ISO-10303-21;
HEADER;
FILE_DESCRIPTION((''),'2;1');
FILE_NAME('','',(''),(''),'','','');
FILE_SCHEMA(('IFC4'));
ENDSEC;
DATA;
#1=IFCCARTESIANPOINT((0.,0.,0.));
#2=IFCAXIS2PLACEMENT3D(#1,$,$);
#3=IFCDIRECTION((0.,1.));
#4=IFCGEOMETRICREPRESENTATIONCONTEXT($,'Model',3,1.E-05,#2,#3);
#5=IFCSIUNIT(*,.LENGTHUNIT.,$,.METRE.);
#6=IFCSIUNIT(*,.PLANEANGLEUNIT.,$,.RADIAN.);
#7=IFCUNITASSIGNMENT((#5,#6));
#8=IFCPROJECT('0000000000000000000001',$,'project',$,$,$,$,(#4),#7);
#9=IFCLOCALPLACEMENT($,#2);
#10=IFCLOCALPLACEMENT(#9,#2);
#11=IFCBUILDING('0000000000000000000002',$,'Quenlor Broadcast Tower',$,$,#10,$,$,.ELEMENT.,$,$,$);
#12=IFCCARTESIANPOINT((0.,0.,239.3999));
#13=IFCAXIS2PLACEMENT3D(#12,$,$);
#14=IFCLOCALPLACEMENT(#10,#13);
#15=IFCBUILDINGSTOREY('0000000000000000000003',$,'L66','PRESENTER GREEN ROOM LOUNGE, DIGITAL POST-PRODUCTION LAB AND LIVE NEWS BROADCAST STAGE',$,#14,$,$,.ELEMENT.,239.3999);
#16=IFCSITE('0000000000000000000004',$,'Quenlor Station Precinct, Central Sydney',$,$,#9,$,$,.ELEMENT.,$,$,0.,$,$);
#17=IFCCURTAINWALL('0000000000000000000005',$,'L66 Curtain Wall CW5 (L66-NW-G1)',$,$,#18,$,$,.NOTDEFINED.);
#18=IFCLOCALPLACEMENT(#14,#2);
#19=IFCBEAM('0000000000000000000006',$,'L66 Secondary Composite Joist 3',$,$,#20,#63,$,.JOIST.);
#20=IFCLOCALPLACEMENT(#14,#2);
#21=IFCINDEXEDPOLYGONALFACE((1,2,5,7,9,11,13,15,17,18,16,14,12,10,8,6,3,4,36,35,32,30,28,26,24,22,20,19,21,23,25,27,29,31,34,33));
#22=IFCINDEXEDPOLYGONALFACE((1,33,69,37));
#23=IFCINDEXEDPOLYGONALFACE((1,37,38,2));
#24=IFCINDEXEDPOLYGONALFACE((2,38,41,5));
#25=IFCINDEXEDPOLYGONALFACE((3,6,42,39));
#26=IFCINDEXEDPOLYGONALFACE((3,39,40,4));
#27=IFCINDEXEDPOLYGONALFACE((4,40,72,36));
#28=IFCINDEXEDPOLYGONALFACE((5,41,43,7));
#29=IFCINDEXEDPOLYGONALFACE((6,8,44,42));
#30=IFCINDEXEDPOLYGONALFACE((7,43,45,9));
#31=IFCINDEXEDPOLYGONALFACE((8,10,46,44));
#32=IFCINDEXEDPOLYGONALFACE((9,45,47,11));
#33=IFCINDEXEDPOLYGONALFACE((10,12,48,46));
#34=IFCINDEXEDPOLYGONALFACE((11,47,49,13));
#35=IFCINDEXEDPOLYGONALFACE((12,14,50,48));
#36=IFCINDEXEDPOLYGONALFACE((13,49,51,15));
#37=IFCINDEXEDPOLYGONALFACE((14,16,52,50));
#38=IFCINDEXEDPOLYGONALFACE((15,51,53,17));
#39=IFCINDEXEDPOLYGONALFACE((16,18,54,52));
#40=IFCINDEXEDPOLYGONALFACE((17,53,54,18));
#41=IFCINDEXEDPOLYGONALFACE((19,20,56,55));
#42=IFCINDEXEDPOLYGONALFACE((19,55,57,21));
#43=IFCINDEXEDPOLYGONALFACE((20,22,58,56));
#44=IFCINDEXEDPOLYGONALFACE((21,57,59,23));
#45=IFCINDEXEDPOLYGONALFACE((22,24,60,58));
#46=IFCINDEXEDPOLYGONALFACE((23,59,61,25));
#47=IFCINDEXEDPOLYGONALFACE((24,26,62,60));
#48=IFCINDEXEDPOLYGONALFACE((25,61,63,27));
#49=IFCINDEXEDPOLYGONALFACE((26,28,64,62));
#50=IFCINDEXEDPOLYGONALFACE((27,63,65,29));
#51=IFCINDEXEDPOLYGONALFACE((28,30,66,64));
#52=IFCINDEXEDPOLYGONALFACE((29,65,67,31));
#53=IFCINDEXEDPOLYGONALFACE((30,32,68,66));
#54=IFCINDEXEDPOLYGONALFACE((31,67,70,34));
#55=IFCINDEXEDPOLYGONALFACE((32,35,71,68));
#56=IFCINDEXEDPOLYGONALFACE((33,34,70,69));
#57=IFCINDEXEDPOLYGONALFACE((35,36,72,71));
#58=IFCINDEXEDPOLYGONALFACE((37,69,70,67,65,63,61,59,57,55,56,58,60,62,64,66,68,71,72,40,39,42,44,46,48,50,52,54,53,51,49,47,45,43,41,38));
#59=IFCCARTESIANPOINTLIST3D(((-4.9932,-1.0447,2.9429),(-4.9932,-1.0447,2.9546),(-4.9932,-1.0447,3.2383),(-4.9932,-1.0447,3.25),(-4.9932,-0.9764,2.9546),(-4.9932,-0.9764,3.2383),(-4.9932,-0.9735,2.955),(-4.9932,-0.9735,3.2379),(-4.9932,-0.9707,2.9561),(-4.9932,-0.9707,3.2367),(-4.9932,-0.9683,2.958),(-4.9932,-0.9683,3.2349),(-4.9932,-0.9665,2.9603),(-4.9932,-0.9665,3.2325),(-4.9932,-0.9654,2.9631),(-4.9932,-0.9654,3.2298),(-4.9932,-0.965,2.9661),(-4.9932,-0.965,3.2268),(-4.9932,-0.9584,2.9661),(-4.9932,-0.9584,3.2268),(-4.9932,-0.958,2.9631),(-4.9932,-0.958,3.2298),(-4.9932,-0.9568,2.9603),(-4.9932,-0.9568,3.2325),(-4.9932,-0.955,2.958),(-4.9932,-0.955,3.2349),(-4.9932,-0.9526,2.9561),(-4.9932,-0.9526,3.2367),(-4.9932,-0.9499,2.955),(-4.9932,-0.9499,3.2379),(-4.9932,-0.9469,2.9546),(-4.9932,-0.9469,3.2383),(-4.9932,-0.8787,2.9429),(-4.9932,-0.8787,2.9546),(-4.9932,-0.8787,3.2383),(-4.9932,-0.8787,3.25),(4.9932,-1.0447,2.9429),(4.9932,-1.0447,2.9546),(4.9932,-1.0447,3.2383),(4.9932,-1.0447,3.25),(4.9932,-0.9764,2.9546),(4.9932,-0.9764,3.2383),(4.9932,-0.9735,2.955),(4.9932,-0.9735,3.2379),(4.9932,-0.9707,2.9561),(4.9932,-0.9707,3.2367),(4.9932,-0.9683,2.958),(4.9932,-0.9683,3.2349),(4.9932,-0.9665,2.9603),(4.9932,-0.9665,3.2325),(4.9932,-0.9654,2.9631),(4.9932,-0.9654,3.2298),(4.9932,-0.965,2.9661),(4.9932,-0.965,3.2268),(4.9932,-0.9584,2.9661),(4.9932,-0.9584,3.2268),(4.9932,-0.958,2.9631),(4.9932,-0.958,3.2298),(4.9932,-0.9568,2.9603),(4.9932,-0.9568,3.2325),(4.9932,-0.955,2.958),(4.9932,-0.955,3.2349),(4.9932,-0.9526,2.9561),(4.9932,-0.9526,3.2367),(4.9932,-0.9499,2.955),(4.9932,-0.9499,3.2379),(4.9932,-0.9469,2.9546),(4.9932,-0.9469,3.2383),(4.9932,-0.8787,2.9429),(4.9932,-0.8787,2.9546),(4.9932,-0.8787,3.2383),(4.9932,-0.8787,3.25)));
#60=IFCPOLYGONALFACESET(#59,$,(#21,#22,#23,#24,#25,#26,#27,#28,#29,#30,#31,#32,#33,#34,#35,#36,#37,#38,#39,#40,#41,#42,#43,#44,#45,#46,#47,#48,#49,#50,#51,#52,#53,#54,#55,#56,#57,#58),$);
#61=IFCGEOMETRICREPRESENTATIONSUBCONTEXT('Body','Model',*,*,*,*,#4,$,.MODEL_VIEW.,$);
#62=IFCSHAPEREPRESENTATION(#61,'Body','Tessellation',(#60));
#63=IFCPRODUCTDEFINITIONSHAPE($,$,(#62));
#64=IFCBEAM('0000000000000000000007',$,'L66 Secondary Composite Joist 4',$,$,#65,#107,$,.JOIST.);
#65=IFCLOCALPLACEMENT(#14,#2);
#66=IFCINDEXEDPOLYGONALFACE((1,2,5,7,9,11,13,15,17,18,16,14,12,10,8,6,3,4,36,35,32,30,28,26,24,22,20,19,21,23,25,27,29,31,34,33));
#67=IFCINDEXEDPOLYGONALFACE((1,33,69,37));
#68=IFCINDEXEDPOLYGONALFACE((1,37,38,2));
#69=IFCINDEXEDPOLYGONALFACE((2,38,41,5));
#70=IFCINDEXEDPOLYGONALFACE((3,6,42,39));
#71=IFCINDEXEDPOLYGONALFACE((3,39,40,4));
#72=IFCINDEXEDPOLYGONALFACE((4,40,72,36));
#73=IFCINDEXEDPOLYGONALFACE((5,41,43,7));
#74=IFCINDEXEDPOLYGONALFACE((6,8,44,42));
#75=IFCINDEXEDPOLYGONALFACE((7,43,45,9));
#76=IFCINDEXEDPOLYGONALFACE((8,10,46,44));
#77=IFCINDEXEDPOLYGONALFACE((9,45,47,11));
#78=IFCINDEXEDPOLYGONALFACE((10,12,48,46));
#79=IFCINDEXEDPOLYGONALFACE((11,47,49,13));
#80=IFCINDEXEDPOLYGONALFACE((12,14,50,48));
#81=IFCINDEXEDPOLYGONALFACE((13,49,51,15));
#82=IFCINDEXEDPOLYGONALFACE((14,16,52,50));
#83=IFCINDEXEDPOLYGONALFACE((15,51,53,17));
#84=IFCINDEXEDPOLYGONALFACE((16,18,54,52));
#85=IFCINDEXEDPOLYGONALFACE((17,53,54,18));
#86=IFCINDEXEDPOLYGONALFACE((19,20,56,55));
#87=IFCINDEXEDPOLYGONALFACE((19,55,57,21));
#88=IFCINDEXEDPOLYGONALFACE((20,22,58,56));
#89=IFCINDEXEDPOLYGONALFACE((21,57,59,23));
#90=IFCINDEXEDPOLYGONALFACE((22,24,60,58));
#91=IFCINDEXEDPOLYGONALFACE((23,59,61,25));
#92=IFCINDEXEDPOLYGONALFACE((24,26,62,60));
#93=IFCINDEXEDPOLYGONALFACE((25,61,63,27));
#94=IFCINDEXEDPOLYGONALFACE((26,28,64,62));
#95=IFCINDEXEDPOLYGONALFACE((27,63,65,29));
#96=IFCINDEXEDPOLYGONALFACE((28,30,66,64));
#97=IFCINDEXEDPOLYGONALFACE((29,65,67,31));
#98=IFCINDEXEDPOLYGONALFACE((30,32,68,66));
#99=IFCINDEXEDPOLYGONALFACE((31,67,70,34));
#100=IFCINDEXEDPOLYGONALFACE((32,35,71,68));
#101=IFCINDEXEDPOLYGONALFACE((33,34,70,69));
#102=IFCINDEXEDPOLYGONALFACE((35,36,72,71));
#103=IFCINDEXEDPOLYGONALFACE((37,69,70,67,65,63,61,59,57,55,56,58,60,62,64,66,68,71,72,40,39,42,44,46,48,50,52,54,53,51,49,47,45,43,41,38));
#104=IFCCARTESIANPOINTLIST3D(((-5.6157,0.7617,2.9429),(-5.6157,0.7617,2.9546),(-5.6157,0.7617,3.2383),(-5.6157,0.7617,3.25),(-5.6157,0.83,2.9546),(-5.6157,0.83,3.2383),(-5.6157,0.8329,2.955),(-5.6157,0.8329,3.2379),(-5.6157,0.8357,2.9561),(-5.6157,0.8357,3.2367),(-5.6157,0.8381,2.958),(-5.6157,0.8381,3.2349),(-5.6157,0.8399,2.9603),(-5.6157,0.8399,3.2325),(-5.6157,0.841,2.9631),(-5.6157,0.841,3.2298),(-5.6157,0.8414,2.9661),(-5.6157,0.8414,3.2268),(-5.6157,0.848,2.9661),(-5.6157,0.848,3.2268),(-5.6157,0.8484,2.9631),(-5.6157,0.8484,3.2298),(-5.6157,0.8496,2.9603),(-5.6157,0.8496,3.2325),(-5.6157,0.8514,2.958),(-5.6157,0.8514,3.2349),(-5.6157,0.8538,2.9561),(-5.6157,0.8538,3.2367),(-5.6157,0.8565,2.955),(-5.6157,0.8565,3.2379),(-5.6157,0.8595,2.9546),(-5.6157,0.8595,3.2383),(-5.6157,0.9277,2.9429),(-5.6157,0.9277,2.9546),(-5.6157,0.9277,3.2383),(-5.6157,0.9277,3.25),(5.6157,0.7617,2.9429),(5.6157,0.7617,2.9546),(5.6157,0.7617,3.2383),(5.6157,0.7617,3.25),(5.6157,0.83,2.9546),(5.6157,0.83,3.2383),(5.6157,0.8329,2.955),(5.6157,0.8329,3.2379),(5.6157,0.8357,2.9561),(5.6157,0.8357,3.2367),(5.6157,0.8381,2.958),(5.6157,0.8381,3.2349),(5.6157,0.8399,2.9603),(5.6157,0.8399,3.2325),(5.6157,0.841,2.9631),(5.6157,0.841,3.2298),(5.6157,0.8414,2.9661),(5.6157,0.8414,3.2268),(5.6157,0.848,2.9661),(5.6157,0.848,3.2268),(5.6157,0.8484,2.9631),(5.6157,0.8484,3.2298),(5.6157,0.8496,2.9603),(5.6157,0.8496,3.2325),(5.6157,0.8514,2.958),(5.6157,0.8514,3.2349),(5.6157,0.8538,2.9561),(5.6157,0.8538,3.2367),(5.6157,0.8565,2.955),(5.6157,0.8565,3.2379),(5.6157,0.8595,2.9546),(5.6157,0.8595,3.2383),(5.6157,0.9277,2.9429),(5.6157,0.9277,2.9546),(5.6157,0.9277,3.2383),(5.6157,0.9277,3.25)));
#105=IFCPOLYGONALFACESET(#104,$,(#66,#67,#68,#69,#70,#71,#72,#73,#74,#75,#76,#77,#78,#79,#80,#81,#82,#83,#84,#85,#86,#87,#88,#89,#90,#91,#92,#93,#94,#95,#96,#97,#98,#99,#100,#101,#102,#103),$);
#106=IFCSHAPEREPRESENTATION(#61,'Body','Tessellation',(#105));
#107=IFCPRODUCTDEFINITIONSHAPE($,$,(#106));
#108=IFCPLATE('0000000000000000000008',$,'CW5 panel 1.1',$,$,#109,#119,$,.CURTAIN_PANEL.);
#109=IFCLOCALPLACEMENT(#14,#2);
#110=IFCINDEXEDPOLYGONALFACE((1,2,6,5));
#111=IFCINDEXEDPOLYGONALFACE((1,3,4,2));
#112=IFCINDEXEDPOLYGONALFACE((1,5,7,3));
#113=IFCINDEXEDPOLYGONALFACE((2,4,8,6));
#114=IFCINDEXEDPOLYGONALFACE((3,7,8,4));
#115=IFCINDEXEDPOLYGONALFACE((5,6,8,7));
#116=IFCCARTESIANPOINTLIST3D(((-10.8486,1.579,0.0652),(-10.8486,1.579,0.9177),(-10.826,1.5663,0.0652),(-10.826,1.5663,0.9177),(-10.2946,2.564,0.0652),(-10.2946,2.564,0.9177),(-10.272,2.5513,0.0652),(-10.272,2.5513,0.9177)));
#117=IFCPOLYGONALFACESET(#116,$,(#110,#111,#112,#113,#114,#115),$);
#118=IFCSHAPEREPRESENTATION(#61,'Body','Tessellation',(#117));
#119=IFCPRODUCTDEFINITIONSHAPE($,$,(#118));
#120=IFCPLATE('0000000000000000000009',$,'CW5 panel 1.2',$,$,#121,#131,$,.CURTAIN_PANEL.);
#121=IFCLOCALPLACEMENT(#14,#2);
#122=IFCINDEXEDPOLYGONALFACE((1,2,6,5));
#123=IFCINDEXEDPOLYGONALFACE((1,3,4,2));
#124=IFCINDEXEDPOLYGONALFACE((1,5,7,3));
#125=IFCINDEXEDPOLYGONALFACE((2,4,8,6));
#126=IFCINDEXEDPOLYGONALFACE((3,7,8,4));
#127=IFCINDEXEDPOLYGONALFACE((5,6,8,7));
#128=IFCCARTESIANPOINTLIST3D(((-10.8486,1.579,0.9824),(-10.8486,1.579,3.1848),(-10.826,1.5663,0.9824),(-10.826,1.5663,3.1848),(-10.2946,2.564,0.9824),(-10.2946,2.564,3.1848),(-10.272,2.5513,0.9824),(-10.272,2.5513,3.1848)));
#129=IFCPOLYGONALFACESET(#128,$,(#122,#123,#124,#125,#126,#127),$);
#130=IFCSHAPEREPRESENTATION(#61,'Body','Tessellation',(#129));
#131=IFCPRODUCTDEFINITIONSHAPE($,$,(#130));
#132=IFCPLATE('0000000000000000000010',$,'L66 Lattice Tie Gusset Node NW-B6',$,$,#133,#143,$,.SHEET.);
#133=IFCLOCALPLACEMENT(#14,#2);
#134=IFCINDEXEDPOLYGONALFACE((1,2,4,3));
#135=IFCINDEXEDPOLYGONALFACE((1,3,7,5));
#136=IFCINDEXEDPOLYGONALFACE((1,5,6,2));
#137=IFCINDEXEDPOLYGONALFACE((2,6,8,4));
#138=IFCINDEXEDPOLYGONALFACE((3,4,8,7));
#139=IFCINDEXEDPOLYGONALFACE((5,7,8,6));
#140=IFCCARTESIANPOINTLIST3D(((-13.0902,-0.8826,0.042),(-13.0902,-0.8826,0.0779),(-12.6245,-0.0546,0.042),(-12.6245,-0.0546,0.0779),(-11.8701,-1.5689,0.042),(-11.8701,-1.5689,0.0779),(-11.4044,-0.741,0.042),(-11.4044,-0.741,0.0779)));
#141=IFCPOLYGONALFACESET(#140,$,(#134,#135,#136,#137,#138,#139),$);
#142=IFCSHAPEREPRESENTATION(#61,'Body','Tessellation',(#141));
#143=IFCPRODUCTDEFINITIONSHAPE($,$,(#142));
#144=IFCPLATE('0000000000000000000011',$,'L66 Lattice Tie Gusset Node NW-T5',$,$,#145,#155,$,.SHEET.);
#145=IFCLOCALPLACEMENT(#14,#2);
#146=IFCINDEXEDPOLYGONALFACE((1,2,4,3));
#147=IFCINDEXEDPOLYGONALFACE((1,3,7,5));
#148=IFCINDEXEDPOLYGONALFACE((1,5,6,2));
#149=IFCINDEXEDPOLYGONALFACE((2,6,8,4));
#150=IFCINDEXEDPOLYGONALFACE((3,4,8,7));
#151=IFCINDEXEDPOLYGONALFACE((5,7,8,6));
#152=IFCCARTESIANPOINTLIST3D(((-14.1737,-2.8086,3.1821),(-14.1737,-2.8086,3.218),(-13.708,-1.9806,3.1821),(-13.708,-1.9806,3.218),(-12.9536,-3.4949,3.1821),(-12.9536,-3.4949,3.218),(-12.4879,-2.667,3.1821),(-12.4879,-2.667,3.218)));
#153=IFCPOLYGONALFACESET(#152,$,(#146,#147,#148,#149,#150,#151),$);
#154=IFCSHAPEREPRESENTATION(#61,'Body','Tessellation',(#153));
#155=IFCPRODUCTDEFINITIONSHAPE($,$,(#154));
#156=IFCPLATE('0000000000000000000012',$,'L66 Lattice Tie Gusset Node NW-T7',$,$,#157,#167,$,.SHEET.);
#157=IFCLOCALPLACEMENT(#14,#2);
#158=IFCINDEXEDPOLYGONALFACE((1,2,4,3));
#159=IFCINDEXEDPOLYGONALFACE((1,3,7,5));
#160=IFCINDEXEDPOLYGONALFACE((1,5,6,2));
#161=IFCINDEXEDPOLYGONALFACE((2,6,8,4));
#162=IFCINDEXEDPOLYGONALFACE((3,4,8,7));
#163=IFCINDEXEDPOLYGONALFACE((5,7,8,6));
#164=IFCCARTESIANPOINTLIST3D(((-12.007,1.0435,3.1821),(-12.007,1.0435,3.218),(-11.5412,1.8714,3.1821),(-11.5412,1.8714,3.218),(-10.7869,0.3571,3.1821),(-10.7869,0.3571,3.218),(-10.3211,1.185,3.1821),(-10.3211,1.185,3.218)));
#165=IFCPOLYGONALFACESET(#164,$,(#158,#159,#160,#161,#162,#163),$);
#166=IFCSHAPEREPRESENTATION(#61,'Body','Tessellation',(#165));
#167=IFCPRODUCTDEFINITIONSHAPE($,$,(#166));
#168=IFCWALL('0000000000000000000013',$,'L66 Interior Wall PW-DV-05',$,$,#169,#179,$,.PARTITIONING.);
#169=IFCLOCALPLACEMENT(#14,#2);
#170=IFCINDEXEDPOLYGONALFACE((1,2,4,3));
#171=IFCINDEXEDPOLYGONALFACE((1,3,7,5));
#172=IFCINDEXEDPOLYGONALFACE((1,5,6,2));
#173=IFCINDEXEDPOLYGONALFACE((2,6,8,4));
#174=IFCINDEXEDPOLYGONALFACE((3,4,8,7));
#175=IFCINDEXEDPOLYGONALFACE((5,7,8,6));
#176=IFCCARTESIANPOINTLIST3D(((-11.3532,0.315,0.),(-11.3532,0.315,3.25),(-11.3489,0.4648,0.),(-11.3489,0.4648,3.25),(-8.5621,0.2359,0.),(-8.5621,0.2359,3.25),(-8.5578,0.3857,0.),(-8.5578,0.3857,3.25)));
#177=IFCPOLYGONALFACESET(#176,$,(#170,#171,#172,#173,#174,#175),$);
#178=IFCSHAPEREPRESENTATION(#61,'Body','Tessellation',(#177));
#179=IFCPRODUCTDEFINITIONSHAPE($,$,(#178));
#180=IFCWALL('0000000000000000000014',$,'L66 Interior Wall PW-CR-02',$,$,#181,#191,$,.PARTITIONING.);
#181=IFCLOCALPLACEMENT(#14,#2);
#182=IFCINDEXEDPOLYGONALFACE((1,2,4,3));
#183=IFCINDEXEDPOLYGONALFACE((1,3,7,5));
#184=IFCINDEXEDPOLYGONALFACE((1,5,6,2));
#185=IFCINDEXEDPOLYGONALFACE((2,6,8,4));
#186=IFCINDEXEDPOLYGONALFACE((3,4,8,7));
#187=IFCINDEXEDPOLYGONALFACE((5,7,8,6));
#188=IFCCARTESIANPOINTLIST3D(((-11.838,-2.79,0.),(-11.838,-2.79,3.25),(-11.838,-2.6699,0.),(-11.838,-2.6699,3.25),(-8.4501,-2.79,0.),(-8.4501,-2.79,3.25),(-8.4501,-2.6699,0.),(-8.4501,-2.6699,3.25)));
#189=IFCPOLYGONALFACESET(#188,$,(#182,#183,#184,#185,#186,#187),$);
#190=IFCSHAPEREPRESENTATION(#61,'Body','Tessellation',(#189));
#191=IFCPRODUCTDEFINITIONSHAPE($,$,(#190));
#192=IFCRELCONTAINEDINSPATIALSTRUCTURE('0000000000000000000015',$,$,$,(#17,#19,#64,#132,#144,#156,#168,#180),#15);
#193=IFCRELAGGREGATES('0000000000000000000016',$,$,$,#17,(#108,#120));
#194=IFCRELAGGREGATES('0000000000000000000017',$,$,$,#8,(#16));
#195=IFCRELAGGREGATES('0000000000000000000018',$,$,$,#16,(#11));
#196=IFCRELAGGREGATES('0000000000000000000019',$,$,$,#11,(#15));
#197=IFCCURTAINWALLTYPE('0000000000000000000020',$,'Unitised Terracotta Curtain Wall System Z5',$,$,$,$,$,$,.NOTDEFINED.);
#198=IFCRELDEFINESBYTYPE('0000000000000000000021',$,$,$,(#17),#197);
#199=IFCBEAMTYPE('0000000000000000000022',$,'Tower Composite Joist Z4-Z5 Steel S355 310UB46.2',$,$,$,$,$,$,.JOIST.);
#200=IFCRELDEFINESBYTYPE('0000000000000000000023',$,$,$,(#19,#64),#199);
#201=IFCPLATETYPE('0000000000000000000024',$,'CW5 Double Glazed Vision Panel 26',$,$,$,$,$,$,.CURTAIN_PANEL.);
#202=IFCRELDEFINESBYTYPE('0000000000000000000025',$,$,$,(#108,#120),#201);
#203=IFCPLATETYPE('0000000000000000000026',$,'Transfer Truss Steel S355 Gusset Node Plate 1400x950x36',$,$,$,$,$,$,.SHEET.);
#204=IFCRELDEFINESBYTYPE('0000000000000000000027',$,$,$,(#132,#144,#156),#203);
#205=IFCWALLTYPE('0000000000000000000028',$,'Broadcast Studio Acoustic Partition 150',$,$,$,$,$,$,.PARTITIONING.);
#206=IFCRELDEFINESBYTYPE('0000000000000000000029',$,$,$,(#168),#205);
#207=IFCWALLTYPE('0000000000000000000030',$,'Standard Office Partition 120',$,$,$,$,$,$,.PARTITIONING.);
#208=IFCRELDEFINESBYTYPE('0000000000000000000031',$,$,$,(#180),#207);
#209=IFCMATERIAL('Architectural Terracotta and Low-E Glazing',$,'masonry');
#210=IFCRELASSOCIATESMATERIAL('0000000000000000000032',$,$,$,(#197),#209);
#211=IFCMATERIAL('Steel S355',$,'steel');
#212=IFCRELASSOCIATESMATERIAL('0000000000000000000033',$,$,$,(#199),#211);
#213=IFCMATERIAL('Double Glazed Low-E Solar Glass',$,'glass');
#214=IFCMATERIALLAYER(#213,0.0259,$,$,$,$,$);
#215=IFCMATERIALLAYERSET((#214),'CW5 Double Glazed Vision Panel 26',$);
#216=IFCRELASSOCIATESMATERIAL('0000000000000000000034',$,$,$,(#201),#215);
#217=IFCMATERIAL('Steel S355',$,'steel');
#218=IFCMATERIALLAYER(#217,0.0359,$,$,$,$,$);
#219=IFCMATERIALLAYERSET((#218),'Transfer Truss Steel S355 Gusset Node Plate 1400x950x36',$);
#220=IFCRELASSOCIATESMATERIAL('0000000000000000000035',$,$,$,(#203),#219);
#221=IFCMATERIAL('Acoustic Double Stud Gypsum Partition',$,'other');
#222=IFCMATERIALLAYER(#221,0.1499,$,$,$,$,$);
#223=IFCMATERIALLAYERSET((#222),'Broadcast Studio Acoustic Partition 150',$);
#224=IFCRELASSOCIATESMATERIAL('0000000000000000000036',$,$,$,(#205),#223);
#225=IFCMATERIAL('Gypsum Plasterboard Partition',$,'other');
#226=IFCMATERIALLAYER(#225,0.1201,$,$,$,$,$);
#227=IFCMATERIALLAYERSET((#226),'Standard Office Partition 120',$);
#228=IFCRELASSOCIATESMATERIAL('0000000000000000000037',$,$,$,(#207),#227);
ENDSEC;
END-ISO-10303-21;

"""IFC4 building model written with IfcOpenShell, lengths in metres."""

from ifc_helpers import new_model, si_unit, direction, frame, frame_2d, origin, origin_2d, place, context, subcontext, project, spatial, rectangle, i_section, extrude, material, layer, layer_set, material_profile, profile_set, type_object, element, aggregate, save


model = new_model("IFC4")

# Units and contexts
model_context = context("Model", 3, precision=1e-05, world=origin(), true_north=direction((0.0, 1.0)))
body_context = subcontext(model_context, "Body", "Model", "MODEL_VIEW")
ifc_project = project(units=[si_unit("LENGTHUNIT", "METRE"), si_unit("PLANEANGLEUNIT", "RADIAN")], contexts=[model_context])

# Site, building, storey
site_placement = place(None, origin())
site = spatial("IfcSite", under=ifc_project, at=site_placement, Name="Quenlor Station Precinct, Central Sydney", CompositionType="ELEMENT", RefElevation=0.0)
building_placement = place(site_placement, origin())
building = spatial("IfcBuilding", under=site, at=building_placement, Name="Quenlor Broadcast Tower", CompositionType="ELEMENT")
storey_placement = place(building_placement, frame((0.0, 0.0, 239.3999)))
storey = spatial("IfcBuildingStorey", under=building, at=storey_placement, Name="L66", Description="PRESENTER GREEN ROOM LOUNGE, DIGITAL POST-PRODUCTION LAB AND LIVE NEWS BROADCAST STAGE", CompositionType="ELEMENT", Elevation=239.3999)

# Curtain wall
ifc_material_1 = material(Name="Architectural Terracotta and Low-E Glazing", Category="masonry")
curtain_wall_type = type_object("IfcCurtainWallType", Name="Unitised Terracotta Curtain Wall System Z5", PredefinedType="NOTDEFINED", material=ifc_material_1)
curtain_wall_placement = place(storey_placement, origin())
curtain_wall = element("IfcCurtainWall", 1, at=curtain_wall_placement, inside=storey, type_object=curtain_wall_type, Name="L66 Curtain Wall CW5 (L66-NW-G1)", PredefinedType="NOTDEFINED")

# Beams
ifc_material_2 = material(Name="Steel S355", Category="steel")
ifc_material_profile_1 = material_profile(ifc_material_2, i_section(OverallWidth=0.166, OverallDepth=0.3071, WebThickness=0.0066, FlangeThickness=0.0117, FilletRadius=0.0115, at=origin_2d()))
ifc_profile_set_1 = profile_set([ifc_material_profile_1], Name="Steel S355 310UB46.2")
beam_type = type_object("IfcBeamType", Name="Tower Composite Joist Z4-Z5 Steel S355 310UB46.2", PredefinedType="JOIST", material=ifc_profile_set_1)
beam_1_placement = place(storey_placement, frame((-4.9932, -0.9617, 3.0964), z_axis=(1.0, 0.0, 0.0), x_axis=(0.0, 1.0, 0.0)))
element("IfcBeam", 2, at=beam_1_placement, inside=storey, type_object=beam_type, Name="L66 Secondary Composite Joist 3", PredefinedType="JOIST", context=body_context, shape_type="SweptSolid", body=[
    extrude(i_section(OverallWidth=0.166, OverallDepth=0.3071, WebThickness=0.0066, FlangeThickness=0.0117, FilletRadius=0.0115, at=origin_2d()), origin(), (0.0, 0.0, 1.0), 9.9863),
])
beam_2_placement = place(storey_placement, frame((-5.6157, 0.8447, 3.0964), z_axis=(1.0, 0.0, 0.0), x_axis=(0.0, 1.0, 0.0)))
element("IfcBeam", 3, at=beam_2_placement, inside=storey, type_object=beam_type, Name="L66 Secondary Composite Joist 4", PredefinedType="JOIST", context=body_context, shape_type="SweptSolid", body=[
    extrude(i_section(OverallWidth=0.166, OverallDepth=0.3071, WebThickness=0.0066, FlangeThickness=0.0117, FilletRadius=0.0115, at=origin_2d()), origin(), (0.0, 0.0, 1.0), 11.2314),
])

# Plates
ifc_material_3 = material(Name="Double Glazed Low-E Solar Glass", Category="glass")
ifc_layer_1 = layer(ifc_material_3, 0.0259)
ifc_layer_set_1 = layer_set([ifc_layer_1], Name="CW5 Double Glazed Vision Panel 26")
plate_type_1 = type_object("IfcPlateType", Name="CW5 Double Glazed Vision Panel 26", PredefinedType="CURTAIN_PANEL", material=ifc_layer_set_1)
plate_1_placement = place(storey_placement, frame((-10.5603, 2.0652, 0.0652), z_axis=(0.0, 0.0, 1.0), x_axis=(0.490231, 0.871592, 0.0)))
plate_1 = element("IfcPlate", 4, at=plate_1_placement, type_object=plate_type_1, Name="CW5 panel 1.1", PredefinedType="CURTAIN_PANEL", context=body_context, shape_type="SweptSolid", body=[
    extrude(rectangle(XDim=1.1301, YDim=0.0259, at=origin_2d()), origin(), (0.0, 0.0, 1.0), 0.8525),
])
plate_2_placement = place(storey_placement, frame((-10.5603, 2.0652, 0.9824), z_axis=(0.0, 0.0, 1.0), x_axis=(0.490231, 0.871592, 0.0)))
plate_2 = element("IfcPlate", 5, at=plate_2_placement, type_object=plate_type_1, Name="CW5 panel 1.2", PredefinedType="CURTAIN_PANEL", context=body_context, shape_type="SweptSolid", body=[
    extrude(rectangle(XDim=1.1301, YDim=0.0259, at=origin_2d()), origin(), (0.0, 0.0, 1.0), 2.2024),
])
aggregate(curtain_wall, [plate_1, plate_2])

# Plates
ifc_material_4 = material(Name="Steel S355", Category="steel")
ifc_layer_2 = layer(ifc_material_4, 0.0359)
ifc_layer_set_2 = layer_set([ifc_layer_2], Name="Transfer Truss Steel S355 Gusset Node Plate 1400x950x36")
plate_type_2 = type_object("IfcPlateType", Name="Transfer Truss Steel S355 Gusset Node Plate 1400x950x36", PredefinedType="SHEET", material=ifc_layer_set_2)
for number, where, z_axis, x_axis, name in (
    (6, (-12.2473, -0.8118, 0.042), (0.0, 0.0, 1.0), (-0.871556, 0.490295, 0.0), "L66 Lattice Tie Gusset Node NW-B6"),
    (7, (-13.3308, -2.7378, 3.1821), (0.0, 0.0, 1.0), (-0.871556, 0.490295, 0.0), "L66 Lattice Tie Gusset Node NW-T5"),
    (8, (-11.1641, 1.1143, 3.1821), (0.0, 0.0, 1.0), (-0.871556, 0.490295, 0.0), "L66 Lattice Tie Gusset Node NW-T7"),
):
    element("IfcPlate", number, at=place(storey_placement, frame(where, z_axis=z_axis, x_axis=x_axis)), inside=storey, type_object=plate_type_2, Name=name, PredefinedType="SHEET", context=body_context, shape_type="SweptSolid", body=[
        extrude(rectangle(XDim=1.3999, YDim=0.95, at=origin_2d()), origin(), (0.0, 0.0, 1.0), 0.0359),
    ])

# Walls
ifc_material_5 = material(Name="Acoustic Double Stud Gypsum Partition", Category="other")
ifc_layer_3 = layer(ifc_material_5, 0.1499)
ifc_layer_set_3 = layer_set([ifc_layer_3], Name="Broadcast Studio Acoustic Partition 150")
wall_type_1 = type_object("IfcWallType", Name="Broadcast Studio Acoustic Partition 150", PredefinedType="PARTITIONING", material=ifc_layer_set_3)
wall_1_placement = place(storey_placement, frame((-8.5601, 0.3108, 0.0), z_axis=(0.0, 0.0, 1.0), x_axis=(-0.999599, 0.02833, 0.0)))
element("IfcWall", 9, at=wall_1_placement, inside=storey, type_object=wall_type_1, Name="L66 Interior Wall PW-DV-05", PredefinedType="PARTITIONING", context=body_context, shape_type="SweptSolid", body=[
    extrude(rectangle(XDim=2.7922, YDim=0.1499, at=frame_2d((1.396, 0.0))), origin(), (0.0, 0.0, 1.0), 3.25),
])
ifc_material_6 = material(Name="Gypsum Plasterboard Partition", Category="other")
ifc_layer_4 = layer(ifc_material_6, 0.1201)
ifc_layer_set_4 = layer_set([ifc_layer_4], Name="Standard Office Partition 120")
wall_type_2 = type_object("IfcWallType", Name="Standard Office Partition 120", PredefinedType="PARTITIONING", material=ifc_layer_set_4)
wall_2_placement = place(storey_placement, frame((-11.8379, -2.73, 0.0), z_axis=(0.0, 0.0, 1.0), x_axis=(1.0, 0.0, 0.0)))
element("IfcWall", 10, at=wall_2_placement, inside=storey, type_object=wall_type_2, Name="L66 Interior Wall PW-CR-02", PredefinedType="PARTITIONING", context=body_context, shape_type="SweptSolid", body=[
    extrude(rectangle(XDim=3.3879, YDim=0.1201, at=frame_2d((1.6938, 0.0))), origin(), (0.0, 0.0, 1.0), 3.25),
])

save(model, "model.ifc")
